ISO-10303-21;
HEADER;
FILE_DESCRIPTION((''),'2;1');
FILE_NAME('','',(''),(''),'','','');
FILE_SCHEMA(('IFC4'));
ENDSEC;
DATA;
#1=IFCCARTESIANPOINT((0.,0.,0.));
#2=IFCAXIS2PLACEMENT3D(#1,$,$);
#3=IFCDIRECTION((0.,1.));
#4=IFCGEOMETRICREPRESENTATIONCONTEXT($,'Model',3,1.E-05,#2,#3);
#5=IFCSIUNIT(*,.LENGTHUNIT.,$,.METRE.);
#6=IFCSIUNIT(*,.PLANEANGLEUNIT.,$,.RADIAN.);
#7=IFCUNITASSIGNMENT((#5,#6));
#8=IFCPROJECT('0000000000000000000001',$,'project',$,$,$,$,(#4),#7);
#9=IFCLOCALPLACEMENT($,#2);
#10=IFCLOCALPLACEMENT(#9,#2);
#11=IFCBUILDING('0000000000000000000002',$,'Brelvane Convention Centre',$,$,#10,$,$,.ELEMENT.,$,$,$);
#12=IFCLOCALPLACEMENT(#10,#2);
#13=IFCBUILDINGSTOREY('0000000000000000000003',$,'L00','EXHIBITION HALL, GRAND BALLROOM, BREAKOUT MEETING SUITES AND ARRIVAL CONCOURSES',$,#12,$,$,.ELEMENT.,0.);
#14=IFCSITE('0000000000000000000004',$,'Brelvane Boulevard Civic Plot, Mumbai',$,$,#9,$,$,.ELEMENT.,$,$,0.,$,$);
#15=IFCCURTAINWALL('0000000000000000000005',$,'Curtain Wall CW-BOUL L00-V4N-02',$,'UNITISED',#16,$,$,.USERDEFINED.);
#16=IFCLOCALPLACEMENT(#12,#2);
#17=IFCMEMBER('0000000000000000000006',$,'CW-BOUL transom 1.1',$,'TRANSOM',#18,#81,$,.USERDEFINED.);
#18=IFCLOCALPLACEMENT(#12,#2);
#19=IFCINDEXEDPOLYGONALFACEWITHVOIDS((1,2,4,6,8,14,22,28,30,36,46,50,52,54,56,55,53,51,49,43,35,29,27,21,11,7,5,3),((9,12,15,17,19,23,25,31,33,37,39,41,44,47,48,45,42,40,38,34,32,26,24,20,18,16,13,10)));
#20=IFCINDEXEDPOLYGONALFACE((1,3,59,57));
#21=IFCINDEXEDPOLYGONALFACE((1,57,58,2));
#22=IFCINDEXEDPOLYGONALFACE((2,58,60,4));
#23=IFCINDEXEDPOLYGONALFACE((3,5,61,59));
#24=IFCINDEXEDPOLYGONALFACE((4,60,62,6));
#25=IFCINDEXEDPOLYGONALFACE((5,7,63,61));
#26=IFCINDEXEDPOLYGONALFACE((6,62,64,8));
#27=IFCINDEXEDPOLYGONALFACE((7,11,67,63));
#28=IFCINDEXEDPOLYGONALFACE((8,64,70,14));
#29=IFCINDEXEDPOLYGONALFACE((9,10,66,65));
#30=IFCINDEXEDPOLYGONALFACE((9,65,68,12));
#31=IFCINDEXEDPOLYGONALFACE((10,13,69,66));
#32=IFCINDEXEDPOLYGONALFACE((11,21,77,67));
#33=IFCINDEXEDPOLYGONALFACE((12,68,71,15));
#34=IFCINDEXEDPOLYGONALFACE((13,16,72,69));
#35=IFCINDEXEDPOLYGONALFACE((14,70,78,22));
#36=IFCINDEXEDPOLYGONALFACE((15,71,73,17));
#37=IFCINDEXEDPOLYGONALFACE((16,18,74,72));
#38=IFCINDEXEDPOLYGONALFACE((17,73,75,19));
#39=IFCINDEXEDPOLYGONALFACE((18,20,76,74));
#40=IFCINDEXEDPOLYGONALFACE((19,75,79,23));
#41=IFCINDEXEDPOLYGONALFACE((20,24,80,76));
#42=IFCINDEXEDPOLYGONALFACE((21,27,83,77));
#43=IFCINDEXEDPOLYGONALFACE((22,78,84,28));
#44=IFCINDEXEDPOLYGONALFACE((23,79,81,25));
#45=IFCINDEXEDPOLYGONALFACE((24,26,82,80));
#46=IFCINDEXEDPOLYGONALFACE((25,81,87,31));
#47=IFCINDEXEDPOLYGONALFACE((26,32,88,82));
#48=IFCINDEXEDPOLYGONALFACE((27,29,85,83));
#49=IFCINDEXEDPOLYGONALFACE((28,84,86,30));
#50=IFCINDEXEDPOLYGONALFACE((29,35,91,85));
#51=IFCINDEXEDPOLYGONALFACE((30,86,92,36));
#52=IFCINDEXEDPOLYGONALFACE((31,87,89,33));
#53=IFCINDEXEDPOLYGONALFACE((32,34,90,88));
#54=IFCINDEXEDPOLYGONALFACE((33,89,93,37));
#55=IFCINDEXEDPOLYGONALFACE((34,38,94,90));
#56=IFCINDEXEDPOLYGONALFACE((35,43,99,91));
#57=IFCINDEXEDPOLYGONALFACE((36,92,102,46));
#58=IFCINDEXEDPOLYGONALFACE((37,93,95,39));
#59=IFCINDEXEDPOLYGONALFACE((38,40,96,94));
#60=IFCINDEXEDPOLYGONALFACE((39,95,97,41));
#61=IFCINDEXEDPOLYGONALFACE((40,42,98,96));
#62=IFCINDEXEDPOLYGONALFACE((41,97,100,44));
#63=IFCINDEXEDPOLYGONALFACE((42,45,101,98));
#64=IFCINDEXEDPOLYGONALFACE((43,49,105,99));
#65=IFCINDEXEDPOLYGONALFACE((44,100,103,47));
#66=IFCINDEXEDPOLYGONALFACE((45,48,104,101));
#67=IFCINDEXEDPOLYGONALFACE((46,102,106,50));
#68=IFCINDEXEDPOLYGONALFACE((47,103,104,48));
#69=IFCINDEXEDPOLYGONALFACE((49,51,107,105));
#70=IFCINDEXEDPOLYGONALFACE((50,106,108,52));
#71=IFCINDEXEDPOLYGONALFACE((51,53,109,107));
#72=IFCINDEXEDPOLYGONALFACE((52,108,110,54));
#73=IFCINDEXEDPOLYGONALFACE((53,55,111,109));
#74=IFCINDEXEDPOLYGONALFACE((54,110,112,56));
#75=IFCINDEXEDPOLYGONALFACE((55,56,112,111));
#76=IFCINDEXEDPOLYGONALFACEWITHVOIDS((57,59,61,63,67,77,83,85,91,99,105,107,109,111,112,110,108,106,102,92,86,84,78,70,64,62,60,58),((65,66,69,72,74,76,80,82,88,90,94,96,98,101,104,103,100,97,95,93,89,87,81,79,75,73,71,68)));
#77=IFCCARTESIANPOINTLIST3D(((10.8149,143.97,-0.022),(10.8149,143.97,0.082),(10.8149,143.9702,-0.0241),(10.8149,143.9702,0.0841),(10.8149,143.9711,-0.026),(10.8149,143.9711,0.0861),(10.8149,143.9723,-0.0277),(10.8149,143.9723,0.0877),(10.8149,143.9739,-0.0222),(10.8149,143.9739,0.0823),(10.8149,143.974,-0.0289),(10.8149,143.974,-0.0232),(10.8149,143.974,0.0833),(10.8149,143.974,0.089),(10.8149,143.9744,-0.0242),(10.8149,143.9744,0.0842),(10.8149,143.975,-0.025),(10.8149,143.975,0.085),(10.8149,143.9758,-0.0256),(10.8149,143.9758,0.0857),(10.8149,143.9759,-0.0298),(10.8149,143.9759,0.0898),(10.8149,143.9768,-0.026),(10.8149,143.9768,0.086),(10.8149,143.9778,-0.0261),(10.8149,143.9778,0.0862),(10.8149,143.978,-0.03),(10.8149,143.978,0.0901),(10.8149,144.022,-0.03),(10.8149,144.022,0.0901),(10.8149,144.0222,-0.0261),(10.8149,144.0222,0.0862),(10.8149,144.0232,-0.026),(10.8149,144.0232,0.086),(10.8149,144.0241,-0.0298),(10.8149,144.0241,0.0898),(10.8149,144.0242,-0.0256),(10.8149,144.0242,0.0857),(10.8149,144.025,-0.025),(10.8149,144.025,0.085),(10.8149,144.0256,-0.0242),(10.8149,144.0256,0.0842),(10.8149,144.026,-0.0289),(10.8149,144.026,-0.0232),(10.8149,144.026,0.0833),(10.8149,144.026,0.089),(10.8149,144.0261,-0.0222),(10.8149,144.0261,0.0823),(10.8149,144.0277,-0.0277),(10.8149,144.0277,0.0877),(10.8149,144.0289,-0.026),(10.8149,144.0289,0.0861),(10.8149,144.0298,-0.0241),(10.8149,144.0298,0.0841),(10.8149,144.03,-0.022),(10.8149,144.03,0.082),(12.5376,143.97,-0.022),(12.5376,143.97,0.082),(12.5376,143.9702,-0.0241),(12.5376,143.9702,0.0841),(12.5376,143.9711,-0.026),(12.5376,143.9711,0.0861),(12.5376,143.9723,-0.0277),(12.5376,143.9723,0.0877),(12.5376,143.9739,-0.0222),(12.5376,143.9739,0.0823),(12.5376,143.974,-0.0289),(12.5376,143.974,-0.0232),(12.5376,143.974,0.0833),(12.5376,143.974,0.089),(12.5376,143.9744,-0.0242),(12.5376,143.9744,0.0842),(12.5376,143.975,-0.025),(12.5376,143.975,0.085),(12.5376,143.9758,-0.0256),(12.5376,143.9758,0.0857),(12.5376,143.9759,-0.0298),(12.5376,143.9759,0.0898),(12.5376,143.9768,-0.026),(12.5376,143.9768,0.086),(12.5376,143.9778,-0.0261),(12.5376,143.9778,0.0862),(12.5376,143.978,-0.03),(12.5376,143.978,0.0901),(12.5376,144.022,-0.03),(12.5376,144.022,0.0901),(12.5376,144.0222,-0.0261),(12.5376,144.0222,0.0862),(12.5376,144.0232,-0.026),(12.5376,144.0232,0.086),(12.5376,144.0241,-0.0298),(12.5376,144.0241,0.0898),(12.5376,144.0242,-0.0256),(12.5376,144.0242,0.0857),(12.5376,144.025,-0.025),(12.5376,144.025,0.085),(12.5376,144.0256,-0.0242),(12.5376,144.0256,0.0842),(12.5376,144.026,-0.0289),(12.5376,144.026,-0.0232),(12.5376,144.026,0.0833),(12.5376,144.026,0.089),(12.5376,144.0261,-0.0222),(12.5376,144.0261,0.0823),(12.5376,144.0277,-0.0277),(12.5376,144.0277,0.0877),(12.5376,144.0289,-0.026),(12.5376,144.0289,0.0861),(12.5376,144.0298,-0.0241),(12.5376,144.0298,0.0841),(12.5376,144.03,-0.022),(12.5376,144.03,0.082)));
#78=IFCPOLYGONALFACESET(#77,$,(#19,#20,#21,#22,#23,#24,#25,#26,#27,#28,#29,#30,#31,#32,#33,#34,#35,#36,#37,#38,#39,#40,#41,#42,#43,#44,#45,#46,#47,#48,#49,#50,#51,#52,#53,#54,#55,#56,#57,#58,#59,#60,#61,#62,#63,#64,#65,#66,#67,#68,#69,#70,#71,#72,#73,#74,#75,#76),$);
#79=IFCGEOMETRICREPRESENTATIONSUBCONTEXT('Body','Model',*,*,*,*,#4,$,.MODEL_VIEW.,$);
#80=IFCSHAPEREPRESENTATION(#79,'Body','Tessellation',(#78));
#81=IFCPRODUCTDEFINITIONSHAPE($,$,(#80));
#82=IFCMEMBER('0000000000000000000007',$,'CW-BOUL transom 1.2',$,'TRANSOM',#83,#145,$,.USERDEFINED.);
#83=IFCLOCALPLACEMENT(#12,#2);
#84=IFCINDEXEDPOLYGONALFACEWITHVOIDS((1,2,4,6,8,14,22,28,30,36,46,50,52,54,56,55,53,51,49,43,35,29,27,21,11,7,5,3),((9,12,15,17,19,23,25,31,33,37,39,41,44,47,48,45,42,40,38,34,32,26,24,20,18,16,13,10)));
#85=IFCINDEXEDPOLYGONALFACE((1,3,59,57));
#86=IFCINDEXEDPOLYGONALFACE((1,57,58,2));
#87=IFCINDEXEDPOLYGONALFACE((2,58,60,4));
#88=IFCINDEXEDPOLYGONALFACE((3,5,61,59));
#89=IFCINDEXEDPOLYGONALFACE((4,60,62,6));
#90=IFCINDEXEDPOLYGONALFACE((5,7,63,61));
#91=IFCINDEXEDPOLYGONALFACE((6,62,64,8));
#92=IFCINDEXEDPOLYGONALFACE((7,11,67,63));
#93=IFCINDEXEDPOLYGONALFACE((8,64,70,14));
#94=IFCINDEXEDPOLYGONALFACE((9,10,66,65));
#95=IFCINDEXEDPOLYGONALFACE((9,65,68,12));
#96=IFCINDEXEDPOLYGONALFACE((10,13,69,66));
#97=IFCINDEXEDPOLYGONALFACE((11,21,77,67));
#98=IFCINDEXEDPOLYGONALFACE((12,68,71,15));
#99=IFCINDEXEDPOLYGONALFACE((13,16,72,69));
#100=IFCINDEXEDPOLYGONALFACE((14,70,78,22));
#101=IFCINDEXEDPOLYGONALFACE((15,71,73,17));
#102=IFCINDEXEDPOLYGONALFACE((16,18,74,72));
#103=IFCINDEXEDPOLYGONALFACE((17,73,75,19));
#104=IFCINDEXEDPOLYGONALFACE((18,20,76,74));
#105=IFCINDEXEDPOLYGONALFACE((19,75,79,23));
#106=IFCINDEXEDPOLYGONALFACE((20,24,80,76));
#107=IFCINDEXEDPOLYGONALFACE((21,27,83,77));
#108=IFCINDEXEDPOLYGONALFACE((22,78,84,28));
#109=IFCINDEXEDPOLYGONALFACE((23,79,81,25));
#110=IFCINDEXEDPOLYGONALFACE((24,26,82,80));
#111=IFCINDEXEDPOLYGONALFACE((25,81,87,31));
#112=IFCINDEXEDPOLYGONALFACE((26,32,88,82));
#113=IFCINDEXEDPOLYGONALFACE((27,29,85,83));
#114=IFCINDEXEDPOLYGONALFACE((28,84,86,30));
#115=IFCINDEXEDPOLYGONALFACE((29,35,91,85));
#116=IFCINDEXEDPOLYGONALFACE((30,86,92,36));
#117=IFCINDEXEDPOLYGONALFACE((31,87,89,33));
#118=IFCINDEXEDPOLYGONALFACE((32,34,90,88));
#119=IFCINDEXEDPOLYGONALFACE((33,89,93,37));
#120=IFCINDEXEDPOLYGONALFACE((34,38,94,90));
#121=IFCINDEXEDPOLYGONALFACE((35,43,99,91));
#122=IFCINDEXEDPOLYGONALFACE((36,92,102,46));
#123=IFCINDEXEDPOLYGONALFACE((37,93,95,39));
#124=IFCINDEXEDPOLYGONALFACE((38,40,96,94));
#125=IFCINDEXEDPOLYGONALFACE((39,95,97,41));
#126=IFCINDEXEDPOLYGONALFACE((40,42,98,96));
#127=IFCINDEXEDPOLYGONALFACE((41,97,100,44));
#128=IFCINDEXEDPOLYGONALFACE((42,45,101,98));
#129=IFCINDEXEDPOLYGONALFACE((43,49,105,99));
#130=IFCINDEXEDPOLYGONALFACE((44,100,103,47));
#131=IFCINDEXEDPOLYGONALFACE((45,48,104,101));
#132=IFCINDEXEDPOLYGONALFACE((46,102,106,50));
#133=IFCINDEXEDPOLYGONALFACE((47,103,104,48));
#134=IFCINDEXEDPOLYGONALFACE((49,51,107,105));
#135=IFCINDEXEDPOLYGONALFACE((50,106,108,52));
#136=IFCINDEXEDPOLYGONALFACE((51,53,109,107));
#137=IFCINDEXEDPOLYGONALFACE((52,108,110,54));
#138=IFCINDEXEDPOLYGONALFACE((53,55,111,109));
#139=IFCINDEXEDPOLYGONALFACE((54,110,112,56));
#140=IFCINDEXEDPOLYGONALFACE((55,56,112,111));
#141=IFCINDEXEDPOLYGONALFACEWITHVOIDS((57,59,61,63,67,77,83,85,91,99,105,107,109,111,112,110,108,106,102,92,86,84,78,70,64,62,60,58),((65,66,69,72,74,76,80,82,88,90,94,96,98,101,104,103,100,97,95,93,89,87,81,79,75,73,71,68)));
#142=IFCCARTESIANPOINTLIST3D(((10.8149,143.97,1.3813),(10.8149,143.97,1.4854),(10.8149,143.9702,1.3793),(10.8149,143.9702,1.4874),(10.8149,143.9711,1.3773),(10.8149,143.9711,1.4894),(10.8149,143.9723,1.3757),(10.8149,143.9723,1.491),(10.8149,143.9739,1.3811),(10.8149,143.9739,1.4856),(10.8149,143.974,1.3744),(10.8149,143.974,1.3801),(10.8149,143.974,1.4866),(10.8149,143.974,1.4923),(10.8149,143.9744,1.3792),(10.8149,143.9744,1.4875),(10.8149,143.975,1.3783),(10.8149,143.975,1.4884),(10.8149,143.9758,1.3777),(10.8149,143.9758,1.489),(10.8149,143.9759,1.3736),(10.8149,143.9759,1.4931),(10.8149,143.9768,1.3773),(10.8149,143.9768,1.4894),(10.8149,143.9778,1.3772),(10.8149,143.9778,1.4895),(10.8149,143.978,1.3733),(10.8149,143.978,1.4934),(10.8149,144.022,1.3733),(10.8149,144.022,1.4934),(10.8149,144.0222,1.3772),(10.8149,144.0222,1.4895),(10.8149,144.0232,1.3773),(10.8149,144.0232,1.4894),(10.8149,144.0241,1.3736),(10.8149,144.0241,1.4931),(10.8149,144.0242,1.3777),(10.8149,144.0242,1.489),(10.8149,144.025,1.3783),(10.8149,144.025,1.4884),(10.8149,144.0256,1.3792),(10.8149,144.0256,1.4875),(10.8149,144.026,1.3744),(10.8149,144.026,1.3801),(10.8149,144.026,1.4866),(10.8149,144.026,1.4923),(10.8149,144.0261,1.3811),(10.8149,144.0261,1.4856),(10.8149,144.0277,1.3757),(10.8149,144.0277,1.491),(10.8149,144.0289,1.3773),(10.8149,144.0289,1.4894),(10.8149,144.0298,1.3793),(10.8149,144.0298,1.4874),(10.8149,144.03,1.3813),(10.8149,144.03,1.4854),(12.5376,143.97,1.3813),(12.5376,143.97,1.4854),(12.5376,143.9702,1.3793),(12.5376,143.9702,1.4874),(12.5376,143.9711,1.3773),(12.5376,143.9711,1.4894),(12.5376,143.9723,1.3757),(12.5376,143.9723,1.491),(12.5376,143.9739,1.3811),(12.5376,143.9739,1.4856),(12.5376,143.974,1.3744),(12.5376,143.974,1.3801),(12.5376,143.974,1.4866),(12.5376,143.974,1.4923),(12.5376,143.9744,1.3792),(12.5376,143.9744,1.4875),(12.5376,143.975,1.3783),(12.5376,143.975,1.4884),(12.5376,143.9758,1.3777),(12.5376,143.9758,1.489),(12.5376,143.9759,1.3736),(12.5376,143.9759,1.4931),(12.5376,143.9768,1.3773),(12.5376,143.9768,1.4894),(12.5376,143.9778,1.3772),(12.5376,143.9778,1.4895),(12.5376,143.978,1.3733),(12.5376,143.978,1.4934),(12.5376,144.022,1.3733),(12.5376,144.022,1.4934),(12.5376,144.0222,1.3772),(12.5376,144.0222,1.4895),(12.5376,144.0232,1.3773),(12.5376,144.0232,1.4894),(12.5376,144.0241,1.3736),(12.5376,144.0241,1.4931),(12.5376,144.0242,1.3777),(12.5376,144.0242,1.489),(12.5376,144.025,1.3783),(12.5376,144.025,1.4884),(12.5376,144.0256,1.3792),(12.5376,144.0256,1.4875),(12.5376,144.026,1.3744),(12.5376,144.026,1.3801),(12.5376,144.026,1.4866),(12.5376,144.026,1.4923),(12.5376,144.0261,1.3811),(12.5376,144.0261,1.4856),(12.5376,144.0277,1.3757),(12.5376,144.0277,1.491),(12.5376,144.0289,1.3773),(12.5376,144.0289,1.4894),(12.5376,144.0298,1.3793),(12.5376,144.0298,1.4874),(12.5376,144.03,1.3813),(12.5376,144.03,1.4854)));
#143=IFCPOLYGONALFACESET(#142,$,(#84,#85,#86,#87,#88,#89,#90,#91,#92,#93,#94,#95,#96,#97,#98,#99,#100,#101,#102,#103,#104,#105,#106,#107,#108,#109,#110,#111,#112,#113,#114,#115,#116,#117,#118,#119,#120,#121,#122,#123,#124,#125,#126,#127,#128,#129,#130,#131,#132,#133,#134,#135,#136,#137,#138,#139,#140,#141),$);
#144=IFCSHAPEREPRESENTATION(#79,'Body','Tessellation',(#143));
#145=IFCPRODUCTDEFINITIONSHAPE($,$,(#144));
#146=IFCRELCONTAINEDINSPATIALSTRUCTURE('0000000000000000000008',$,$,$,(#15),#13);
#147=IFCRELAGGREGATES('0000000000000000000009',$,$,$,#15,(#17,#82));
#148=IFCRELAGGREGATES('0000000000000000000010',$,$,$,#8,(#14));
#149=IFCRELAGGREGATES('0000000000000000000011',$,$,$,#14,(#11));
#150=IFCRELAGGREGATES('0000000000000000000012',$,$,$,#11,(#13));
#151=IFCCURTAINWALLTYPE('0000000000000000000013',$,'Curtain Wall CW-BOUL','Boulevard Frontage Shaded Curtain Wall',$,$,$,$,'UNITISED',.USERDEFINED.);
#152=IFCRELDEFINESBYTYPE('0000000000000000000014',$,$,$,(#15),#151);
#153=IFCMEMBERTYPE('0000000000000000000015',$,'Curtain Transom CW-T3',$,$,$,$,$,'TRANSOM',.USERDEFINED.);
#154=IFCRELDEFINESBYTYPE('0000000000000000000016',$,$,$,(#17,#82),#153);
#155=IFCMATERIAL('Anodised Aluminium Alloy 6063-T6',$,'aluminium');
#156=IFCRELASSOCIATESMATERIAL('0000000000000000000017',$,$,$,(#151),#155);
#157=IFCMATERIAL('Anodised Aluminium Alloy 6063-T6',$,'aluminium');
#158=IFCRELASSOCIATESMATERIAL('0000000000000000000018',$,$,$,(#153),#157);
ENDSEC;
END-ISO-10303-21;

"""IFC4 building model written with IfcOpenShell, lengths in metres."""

from ifc_helpers import new_model, si_unit, direction, frame, origin, origin_2d, place, context, subcontext, project, spatial, hollow_rectangle, extrude, material, material_profile, profile_set, type_object, element, aggregate, save


model = new_model("IFC4")

# Units and contexts
model_context = context("Model", 3, precision=1e-05, world=origin(), true_north=direction((0.0, 1.0)))
body_context = subcontext(model_context, "Body", "Model", "MODEL_VIEW")
ifc_project = project(units=[si_unit("LENGTHUNIT", "METRE"), si_unit("PLANEANGLEUNIT", "RADIAN")], contexts=[model_context])

# Site, building, storey
site_placement = place(None, origin())
site = spatial("IfcSite", under=ifc_project, at=site_placement, Name="Brelvane Boulevard Civic Plot, Mumbai", CompositionType="ELEMENT", RefElevation=0.0)
building_placement = place(site_placement, origin())
building = spatial("IfcBuilding", under=site, at=building_placement, Name="Brelvane Convention Centre", CompositionType="ELEMENT")
storey_placement = place(building_placement, origin())
storey = spatial("IfcBuildingStorey", under=building, at=storey_placement, Name="L00", Description="EXHIBITION HALL, GRAND BALLROOM, BREAKOUT MEETING SUITES AND ARRIVAL CONCOURSES", CompositionType="ELEMENT", Elevation=0.0)

# Curtain wall, members
ifc_material_1 = material(Name="Anodised Aluminium Alloy 6063-T6", Category="aluminium")
curtain_wall_type = type_object("IfcCurtainWallType", Name="Curtain Wall CW-BOUL", Description="Boulevard Frontage Shaded Curtain Wall", ElementType="UNITISED", PredefinedType="USERDEFINED", material=ifc_material_1)
curtain_wall_placement = place(storey_placement, origin())
curtain_wall = element("IfcCurtainWall", 1, at=curtain_wall_placement, inside=storey, type_object=curtain_wall_type, Name="Curtain Wall CW-BOUL L00-V4N-02", ObjectType="UNITISED", PredefinedType="USERDEFINED")
ifc_material_2 = material(Name="Anodised Aluminium Alloy 6063-T6", Category="aluminium")
ifc_material_profile_1 = material_profile(ifc_material_2, hollow_rectangle(XDim=0.0601, YDim=0.1201, WallThickness=0.0039, InnerFilletRadius=0.0039, OuterFilletRadius=0.0081, at=origin_2d()), Name="ALU-T 120x60x4.0")
ifc_profile_set_1 = profile_set([ifc_material_profile_1], Name="Anodised Aluminium Alloy 6063-T6")
member_type_1 = type_object("IfcMemberType", Name="Curtain Transom CW-T3", ElementType="TRANSOM", PredefinedType="USERDEFINED", material=ifc_profile_set_1)
member_1_placement = place(storey_placement, frame((10.8149, 144.0, 0.03), z_axis=(1.0, 0.0, 0.0), x_axis=(0.0, 1.0, 0.0)))
member_1 = element("IfcMember", 2, at=member_1_placement, type_object=member_type_1, Name="CW-BOUL transom 1.1", ObjectType="TRANSOM", PredefinedType="USERDEFINED", context=body_context, shape_type="SweptSolid", body=[
    extrude(hollow_rectangle(XDim=0.0601, YDim=0.1201, WallThickness=0.0039, InnerFilletRadius=0.0039, OuterFilletRadius=0.0081, at=origin_2d()), origin(), (0.0, 0.0, 1.0), 1.7227),
])
member_2_placement = place(storey_placement, frame((10.8149, 144.0, 1.4333), z_axis=(1.0, 0.0, 0.0), x_axis=(0.0, 1.0, 0.0)))
member_2 = element("IfcMember", 3, at=member_2_placement, type_object=member_type_1, Name="CW-BOUL transom 1.2", ObjectType="TRANSOM", PredefinedType="USERDEFINED", context=body_context, shape_type="SweptSolid", body=[
    extrude(hollow_rectangle(XDim=0.0601, YDim=0.1201, WallThickness=0.0039, InnerFilletRadius=0.0039, OuterFilletRadius=0.0081, at=origin_2d()), origin(), (0.0, 0.0, 1.0), 1.7227),
])

aggregate(curtain_wall, [member_1, member_2])

save(model, "model.ifc")
